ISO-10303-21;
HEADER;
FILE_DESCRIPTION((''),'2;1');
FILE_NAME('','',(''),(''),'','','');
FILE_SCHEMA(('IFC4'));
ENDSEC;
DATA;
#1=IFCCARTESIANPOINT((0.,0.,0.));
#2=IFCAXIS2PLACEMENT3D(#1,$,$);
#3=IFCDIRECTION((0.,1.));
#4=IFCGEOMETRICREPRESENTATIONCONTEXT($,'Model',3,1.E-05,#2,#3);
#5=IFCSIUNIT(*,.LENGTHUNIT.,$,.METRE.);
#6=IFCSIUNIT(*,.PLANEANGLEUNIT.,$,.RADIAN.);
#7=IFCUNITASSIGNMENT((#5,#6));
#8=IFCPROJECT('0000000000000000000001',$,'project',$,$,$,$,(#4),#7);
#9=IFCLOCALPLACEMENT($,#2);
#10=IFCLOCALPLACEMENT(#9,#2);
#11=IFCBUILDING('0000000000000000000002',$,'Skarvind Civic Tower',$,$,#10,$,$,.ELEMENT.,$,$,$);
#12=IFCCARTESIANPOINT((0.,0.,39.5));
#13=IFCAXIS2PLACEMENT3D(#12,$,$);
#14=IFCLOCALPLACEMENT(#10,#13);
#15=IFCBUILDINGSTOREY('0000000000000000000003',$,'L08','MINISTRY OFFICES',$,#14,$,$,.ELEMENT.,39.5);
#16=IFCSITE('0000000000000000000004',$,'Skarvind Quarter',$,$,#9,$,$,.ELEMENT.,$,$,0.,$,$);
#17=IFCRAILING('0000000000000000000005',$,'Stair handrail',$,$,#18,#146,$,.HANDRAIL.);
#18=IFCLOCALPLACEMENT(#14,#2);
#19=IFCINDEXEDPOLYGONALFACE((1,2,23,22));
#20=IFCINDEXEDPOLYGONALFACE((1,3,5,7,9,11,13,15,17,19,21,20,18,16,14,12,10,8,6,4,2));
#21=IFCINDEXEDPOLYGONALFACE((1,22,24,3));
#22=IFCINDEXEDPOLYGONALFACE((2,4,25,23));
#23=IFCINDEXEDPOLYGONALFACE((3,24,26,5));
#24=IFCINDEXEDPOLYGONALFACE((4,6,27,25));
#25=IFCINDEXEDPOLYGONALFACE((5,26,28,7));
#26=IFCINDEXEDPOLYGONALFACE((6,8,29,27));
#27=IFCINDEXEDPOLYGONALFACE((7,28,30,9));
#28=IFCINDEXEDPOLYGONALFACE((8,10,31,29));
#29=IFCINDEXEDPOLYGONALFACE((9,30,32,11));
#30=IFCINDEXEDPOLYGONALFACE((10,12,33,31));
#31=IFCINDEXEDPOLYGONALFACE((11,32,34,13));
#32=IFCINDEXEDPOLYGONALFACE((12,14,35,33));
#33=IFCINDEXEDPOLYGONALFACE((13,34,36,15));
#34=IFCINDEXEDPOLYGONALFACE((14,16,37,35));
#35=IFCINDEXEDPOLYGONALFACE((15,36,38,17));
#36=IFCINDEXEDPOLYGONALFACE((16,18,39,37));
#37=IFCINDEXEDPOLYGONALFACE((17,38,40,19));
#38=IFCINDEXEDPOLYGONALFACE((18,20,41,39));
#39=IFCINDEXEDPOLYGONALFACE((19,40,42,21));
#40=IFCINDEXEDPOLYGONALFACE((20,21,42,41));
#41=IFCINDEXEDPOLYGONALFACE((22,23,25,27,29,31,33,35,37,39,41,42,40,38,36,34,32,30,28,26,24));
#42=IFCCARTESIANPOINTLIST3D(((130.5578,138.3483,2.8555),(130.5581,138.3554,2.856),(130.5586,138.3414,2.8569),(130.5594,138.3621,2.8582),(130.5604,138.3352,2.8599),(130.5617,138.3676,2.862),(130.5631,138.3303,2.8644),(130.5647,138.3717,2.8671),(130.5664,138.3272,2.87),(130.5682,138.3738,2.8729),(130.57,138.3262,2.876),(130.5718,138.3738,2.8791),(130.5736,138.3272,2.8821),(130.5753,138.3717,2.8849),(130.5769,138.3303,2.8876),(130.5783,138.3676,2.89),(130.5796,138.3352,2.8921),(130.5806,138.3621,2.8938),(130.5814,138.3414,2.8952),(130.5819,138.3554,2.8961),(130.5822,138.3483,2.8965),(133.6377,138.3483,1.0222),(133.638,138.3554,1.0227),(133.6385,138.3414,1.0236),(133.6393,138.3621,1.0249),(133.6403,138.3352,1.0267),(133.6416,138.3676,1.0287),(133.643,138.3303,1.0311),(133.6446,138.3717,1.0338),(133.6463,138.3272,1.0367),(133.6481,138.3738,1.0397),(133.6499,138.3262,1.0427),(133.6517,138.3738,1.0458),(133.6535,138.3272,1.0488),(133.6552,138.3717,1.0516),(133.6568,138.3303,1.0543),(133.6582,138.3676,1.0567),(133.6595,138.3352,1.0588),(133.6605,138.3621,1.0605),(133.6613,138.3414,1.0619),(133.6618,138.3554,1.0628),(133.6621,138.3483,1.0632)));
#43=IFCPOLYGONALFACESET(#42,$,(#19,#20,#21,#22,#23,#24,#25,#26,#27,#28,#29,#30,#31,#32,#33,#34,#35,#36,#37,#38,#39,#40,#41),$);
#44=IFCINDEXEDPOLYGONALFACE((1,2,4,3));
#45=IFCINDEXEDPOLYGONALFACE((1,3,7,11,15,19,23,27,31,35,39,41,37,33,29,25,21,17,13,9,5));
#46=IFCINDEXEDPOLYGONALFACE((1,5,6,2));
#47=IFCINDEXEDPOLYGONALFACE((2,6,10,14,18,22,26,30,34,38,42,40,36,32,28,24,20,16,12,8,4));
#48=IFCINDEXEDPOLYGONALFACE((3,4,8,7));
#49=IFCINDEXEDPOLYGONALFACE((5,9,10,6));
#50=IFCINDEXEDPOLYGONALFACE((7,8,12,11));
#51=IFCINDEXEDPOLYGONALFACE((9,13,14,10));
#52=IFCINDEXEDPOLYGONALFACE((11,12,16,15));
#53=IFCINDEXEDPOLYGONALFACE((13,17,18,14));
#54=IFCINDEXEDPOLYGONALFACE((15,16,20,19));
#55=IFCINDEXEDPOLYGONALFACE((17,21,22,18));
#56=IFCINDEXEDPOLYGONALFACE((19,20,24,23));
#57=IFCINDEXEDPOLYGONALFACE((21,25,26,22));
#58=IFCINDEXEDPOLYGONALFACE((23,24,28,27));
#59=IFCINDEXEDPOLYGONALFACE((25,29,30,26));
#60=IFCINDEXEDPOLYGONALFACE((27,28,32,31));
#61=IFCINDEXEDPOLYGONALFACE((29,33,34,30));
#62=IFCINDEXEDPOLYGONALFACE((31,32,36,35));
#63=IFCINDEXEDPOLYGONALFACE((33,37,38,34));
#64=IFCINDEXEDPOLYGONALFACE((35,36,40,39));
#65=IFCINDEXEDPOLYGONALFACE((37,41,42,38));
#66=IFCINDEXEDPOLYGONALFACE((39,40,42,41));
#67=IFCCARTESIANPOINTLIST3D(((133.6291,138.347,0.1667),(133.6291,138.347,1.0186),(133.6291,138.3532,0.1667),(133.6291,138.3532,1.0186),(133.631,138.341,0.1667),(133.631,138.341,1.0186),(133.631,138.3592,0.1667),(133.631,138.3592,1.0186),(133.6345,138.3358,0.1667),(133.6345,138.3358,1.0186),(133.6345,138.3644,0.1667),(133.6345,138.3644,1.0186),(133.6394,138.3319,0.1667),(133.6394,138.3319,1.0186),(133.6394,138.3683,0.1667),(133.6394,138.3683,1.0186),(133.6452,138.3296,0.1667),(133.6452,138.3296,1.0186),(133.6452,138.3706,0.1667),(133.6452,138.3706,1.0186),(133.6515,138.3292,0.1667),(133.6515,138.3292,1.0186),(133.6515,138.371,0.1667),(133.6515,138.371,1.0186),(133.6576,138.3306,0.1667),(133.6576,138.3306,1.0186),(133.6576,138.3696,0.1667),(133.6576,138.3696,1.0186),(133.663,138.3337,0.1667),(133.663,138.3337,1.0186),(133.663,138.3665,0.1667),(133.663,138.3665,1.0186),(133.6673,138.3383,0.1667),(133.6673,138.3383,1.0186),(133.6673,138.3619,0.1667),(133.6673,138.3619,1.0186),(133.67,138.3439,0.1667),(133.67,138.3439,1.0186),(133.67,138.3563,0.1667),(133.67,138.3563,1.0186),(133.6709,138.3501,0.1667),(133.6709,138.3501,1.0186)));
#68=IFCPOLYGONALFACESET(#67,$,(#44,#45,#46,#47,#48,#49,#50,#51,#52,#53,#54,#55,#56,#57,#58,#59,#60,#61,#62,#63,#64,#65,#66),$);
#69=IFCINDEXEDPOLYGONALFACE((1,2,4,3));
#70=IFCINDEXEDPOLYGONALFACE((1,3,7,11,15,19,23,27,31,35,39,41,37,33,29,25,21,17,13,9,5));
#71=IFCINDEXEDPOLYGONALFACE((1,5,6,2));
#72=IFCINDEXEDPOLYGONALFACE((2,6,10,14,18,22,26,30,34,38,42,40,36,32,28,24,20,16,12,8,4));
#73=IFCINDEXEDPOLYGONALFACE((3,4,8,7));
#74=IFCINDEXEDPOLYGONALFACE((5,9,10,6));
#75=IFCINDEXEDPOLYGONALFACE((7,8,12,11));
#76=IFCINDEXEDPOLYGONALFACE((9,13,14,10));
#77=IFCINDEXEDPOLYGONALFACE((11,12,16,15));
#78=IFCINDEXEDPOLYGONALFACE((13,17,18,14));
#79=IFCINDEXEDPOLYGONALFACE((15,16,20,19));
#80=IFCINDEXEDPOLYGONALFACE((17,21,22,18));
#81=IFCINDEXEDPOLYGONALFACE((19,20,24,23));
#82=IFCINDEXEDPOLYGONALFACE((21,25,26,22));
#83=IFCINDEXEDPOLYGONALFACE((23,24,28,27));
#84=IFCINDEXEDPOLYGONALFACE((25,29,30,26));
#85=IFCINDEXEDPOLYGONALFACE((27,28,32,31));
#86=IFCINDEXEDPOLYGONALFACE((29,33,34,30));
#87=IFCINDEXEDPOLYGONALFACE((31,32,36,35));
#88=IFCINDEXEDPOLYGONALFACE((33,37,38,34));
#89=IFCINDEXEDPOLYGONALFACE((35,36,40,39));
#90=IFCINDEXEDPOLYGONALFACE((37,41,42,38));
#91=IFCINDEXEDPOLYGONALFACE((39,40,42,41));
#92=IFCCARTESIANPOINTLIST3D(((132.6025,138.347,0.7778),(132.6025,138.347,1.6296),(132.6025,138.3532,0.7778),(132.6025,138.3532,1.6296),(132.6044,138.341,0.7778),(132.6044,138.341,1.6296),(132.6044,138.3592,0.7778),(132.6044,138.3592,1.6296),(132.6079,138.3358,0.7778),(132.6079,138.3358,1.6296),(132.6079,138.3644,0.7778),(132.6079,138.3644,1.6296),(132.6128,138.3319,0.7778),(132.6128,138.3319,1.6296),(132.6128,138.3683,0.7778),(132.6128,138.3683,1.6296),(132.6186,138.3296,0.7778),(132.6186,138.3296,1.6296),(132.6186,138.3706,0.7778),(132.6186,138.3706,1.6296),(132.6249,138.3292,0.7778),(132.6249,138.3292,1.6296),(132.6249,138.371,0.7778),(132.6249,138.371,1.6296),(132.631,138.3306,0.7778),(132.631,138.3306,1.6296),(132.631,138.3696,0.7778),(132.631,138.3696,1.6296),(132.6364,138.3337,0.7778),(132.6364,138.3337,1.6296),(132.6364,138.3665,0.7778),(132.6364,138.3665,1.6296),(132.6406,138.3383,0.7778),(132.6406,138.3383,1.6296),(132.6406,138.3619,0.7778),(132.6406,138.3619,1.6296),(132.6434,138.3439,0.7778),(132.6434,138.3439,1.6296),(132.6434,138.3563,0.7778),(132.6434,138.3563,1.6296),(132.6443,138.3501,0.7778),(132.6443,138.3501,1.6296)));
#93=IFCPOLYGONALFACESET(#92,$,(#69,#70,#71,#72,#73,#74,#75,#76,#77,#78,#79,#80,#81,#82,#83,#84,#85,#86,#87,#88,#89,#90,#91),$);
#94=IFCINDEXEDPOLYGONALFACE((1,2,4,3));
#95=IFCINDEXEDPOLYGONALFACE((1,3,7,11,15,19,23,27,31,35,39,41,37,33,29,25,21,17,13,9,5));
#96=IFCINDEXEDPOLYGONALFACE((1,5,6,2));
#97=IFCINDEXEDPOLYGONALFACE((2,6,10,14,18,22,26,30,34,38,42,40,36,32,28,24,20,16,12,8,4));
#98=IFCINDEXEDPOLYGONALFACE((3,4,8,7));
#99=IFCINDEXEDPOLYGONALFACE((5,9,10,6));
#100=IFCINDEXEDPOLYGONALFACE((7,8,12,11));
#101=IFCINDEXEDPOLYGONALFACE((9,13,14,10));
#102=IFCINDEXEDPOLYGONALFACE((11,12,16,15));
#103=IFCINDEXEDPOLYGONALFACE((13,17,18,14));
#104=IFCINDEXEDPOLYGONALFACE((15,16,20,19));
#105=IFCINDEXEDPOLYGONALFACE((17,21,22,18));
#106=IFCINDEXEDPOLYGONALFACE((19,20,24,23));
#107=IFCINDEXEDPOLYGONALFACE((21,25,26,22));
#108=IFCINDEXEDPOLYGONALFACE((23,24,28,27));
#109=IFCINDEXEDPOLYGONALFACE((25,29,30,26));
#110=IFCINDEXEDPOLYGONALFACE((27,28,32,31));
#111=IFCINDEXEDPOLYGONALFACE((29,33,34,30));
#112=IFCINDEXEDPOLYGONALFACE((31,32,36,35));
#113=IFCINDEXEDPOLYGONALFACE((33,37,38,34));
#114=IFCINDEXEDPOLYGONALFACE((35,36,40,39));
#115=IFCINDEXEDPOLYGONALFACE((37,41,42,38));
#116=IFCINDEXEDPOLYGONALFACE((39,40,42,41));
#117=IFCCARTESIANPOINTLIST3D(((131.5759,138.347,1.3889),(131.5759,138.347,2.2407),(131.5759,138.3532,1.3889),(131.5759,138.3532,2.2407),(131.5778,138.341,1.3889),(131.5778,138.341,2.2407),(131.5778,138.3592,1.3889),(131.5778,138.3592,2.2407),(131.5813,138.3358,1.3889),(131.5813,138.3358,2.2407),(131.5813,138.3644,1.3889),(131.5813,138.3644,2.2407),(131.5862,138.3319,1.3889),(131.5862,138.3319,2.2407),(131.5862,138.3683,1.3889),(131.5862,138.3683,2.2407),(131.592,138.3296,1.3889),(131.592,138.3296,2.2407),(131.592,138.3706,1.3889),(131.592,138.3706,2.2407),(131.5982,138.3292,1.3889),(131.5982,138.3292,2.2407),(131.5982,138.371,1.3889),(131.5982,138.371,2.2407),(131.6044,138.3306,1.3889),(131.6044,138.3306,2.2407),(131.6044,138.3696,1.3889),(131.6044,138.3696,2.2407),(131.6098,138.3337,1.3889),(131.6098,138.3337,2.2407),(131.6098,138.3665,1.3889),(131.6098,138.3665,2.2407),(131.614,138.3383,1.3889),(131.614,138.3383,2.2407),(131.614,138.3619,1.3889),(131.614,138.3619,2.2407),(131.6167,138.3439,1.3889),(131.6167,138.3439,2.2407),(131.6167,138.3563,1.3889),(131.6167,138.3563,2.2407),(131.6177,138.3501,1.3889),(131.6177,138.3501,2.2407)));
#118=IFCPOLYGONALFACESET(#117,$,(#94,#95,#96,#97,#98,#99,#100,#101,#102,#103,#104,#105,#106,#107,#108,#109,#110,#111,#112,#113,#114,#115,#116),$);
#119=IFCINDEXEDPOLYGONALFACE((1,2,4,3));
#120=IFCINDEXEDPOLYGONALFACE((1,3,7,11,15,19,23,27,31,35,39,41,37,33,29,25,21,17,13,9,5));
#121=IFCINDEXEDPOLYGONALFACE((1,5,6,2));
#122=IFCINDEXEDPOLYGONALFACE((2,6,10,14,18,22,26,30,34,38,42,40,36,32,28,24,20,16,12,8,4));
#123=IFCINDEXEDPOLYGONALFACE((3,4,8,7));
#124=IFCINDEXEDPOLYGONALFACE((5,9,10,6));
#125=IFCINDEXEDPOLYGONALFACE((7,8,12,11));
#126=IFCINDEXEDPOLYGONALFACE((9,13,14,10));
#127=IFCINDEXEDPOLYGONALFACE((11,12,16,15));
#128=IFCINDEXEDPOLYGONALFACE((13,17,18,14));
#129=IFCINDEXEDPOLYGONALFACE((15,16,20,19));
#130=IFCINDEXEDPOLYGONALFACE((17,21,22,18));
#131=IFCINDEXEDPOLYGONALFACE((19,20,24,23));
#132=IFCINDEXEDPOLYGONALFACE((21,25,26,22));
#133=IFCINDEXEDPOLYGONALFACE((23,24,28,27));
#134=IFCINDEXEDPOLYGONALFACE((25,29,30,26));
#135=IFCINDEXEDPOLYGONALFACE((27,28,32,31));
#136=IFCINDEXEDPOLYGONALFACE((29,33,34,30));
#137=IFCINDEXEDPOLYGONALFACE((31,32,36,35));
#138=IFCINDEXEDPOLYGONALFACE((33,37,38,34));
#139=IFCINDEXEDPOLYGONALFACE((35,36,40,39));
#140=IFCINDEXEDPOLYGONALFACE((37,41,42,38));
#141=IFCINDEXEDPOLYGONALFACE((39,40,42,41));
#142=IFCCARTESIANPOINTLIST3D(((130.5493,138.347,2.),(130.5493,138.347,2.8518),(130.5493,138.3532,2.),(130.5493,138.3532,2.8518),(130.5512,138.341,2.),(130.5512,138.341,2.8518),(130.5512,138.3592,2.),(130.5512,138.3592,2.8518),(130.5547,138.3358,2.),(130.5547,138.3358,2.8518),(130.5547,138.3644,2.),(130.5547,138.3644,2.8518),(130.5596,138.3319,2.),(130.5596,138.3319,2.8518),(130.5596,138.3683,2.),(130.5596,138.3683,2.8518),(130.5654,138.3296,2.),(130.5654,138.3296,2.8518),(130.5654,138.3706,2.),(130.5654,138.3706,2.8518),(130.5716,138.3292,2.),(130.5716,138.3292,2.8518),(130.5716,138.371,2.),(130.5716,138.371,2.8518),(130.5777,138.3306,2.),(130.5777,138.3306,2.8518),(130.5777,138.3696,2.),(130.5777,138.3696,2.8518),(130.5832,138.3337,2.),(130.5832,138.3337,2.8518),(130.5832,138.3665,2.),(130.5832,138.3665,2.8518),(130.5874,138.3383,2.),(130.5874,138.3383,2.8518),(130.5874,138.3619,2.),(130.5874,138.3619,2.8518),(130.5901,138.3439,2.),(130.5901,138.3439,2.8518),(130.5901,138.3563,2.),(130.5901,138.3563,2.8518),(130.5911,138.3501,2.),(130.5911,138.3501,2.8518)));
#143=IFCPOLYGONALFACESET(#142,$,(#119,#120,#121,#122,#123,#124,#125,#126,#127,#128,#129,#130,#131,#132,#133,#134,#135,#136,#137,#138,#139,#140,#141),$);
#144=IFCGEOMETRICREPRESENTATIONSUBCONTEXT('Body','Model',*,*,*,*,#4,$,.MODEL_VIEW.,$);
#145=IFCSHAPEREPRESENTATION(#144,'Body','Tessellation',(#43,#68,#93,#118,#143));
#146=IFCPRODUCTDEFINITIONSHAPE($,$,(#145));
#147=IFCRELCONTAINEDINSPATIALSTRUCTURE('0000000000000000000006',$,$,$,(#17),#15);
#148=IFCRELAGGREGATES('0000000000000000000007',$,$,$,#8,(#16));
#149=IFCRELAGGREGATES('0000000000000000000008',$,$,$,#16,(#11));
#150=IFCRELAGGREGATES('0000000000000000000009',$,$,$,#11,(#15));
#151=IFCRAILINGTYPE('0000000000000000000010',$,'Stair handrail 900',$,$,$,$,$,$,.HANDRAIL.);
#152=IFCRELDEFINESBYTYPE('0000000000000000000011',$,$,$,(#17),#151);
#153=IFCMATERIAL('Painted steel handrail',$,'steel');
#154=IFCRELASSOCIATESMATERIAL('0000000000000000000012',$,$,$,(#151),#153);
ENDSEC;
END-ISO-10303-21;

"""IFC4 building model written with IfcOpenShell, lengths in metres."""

from ifc_helpers import new_model, si_unit, direction, frame, origin, origin_2d, place, context, subcontext, project, spatial, circle, extrude, material, type_object, element, save


model = new_model("IFC4")

# Units and contexts
model_context = context("Model", 3, precision=1e-05, world=origin(), true_north=direction((0.0, 1.0)))
body_context = subcontext(model_context, "Body", "Model", "MODEL_VIEW")
ifc_project = project(units=[si_unit("LENGTHUNIT", "METRE"), si_unit("PLANEANGLEUNIT", "RADIAN")], contexts=[model_context])

# Site, building, storey
site_placement = place(None, origin())
site = spatial("IfcSite", under=ifc_project, at=site_placement, Name="Skarvind Quarter", CompositionType="ELEMENT", RefElevation=0.0)
building_placement = place(site_placement, origin())
building = spatial("IfcBuilding", under=site, at=building_placement, Name="Skarvind Civic Tower", CompositionType="ELEMENT")
storey_placement = place(building_placement, frame((0.0, 0.0, 39.5)))
storey = spatial("IfcBuildingStorey", under=building, at=storey_placement, Name="L08", Description="MINISTRY OFFICES", CompositionType="ELEMENT", Elevation=39.5)

# Railing
ifc_material_1 = material(Name="Painted steel handrail", Category="steel")
railing_type = type_object("IfcRailingType", Name="Stair handrail 900", PredefinedType="HANDRAIL", material=ifc_material_1)
railing_1_placement = place(storey_placement, frame((133.6499, 138.3501, 0.1667)))
element("IfcRailing", 1, at=railing_1_placement, inside=storey, type_object=railing_type, Name="Stair handrail", PredefinedType="HANDRAIL", context=body_context, shape_type="SweptSolid", body=[
    extrude(circle(Radius=0.0239, at=origin_2d()), frame((0.0, 0.0, 0.876), z_axis=(-0.859291, 0.0, 0.511487), x_axis=(0.0, -1.0, 0.0)), (0.0, 0.0, 1.0), 3.5842),
    extrude(circle(Radius=0.021, at=origin_2d()), origin(), (0.0, 0.0, 1.0), 0.8518),
    extrude(circle(Radius=0.021, at=origin_2d()), frame((-1.0266, 0.0, 0.6111)), (0.0, 0.0, 1.0), 0.8518),
    extrude(circle(Radius=0.021, at=origin_2d()), frame((-2.0532, 0.0, 1.2222)), (0.0, 0.0, 1.0), 0.8518),
    extrude(circle(Radius=0.021, at=origin_2d()), frame((-3.0798, 0.0, 1.8333)), (0.0, 0.0, 1.0), 0.8518),
])

save(model, "model.ifc")
